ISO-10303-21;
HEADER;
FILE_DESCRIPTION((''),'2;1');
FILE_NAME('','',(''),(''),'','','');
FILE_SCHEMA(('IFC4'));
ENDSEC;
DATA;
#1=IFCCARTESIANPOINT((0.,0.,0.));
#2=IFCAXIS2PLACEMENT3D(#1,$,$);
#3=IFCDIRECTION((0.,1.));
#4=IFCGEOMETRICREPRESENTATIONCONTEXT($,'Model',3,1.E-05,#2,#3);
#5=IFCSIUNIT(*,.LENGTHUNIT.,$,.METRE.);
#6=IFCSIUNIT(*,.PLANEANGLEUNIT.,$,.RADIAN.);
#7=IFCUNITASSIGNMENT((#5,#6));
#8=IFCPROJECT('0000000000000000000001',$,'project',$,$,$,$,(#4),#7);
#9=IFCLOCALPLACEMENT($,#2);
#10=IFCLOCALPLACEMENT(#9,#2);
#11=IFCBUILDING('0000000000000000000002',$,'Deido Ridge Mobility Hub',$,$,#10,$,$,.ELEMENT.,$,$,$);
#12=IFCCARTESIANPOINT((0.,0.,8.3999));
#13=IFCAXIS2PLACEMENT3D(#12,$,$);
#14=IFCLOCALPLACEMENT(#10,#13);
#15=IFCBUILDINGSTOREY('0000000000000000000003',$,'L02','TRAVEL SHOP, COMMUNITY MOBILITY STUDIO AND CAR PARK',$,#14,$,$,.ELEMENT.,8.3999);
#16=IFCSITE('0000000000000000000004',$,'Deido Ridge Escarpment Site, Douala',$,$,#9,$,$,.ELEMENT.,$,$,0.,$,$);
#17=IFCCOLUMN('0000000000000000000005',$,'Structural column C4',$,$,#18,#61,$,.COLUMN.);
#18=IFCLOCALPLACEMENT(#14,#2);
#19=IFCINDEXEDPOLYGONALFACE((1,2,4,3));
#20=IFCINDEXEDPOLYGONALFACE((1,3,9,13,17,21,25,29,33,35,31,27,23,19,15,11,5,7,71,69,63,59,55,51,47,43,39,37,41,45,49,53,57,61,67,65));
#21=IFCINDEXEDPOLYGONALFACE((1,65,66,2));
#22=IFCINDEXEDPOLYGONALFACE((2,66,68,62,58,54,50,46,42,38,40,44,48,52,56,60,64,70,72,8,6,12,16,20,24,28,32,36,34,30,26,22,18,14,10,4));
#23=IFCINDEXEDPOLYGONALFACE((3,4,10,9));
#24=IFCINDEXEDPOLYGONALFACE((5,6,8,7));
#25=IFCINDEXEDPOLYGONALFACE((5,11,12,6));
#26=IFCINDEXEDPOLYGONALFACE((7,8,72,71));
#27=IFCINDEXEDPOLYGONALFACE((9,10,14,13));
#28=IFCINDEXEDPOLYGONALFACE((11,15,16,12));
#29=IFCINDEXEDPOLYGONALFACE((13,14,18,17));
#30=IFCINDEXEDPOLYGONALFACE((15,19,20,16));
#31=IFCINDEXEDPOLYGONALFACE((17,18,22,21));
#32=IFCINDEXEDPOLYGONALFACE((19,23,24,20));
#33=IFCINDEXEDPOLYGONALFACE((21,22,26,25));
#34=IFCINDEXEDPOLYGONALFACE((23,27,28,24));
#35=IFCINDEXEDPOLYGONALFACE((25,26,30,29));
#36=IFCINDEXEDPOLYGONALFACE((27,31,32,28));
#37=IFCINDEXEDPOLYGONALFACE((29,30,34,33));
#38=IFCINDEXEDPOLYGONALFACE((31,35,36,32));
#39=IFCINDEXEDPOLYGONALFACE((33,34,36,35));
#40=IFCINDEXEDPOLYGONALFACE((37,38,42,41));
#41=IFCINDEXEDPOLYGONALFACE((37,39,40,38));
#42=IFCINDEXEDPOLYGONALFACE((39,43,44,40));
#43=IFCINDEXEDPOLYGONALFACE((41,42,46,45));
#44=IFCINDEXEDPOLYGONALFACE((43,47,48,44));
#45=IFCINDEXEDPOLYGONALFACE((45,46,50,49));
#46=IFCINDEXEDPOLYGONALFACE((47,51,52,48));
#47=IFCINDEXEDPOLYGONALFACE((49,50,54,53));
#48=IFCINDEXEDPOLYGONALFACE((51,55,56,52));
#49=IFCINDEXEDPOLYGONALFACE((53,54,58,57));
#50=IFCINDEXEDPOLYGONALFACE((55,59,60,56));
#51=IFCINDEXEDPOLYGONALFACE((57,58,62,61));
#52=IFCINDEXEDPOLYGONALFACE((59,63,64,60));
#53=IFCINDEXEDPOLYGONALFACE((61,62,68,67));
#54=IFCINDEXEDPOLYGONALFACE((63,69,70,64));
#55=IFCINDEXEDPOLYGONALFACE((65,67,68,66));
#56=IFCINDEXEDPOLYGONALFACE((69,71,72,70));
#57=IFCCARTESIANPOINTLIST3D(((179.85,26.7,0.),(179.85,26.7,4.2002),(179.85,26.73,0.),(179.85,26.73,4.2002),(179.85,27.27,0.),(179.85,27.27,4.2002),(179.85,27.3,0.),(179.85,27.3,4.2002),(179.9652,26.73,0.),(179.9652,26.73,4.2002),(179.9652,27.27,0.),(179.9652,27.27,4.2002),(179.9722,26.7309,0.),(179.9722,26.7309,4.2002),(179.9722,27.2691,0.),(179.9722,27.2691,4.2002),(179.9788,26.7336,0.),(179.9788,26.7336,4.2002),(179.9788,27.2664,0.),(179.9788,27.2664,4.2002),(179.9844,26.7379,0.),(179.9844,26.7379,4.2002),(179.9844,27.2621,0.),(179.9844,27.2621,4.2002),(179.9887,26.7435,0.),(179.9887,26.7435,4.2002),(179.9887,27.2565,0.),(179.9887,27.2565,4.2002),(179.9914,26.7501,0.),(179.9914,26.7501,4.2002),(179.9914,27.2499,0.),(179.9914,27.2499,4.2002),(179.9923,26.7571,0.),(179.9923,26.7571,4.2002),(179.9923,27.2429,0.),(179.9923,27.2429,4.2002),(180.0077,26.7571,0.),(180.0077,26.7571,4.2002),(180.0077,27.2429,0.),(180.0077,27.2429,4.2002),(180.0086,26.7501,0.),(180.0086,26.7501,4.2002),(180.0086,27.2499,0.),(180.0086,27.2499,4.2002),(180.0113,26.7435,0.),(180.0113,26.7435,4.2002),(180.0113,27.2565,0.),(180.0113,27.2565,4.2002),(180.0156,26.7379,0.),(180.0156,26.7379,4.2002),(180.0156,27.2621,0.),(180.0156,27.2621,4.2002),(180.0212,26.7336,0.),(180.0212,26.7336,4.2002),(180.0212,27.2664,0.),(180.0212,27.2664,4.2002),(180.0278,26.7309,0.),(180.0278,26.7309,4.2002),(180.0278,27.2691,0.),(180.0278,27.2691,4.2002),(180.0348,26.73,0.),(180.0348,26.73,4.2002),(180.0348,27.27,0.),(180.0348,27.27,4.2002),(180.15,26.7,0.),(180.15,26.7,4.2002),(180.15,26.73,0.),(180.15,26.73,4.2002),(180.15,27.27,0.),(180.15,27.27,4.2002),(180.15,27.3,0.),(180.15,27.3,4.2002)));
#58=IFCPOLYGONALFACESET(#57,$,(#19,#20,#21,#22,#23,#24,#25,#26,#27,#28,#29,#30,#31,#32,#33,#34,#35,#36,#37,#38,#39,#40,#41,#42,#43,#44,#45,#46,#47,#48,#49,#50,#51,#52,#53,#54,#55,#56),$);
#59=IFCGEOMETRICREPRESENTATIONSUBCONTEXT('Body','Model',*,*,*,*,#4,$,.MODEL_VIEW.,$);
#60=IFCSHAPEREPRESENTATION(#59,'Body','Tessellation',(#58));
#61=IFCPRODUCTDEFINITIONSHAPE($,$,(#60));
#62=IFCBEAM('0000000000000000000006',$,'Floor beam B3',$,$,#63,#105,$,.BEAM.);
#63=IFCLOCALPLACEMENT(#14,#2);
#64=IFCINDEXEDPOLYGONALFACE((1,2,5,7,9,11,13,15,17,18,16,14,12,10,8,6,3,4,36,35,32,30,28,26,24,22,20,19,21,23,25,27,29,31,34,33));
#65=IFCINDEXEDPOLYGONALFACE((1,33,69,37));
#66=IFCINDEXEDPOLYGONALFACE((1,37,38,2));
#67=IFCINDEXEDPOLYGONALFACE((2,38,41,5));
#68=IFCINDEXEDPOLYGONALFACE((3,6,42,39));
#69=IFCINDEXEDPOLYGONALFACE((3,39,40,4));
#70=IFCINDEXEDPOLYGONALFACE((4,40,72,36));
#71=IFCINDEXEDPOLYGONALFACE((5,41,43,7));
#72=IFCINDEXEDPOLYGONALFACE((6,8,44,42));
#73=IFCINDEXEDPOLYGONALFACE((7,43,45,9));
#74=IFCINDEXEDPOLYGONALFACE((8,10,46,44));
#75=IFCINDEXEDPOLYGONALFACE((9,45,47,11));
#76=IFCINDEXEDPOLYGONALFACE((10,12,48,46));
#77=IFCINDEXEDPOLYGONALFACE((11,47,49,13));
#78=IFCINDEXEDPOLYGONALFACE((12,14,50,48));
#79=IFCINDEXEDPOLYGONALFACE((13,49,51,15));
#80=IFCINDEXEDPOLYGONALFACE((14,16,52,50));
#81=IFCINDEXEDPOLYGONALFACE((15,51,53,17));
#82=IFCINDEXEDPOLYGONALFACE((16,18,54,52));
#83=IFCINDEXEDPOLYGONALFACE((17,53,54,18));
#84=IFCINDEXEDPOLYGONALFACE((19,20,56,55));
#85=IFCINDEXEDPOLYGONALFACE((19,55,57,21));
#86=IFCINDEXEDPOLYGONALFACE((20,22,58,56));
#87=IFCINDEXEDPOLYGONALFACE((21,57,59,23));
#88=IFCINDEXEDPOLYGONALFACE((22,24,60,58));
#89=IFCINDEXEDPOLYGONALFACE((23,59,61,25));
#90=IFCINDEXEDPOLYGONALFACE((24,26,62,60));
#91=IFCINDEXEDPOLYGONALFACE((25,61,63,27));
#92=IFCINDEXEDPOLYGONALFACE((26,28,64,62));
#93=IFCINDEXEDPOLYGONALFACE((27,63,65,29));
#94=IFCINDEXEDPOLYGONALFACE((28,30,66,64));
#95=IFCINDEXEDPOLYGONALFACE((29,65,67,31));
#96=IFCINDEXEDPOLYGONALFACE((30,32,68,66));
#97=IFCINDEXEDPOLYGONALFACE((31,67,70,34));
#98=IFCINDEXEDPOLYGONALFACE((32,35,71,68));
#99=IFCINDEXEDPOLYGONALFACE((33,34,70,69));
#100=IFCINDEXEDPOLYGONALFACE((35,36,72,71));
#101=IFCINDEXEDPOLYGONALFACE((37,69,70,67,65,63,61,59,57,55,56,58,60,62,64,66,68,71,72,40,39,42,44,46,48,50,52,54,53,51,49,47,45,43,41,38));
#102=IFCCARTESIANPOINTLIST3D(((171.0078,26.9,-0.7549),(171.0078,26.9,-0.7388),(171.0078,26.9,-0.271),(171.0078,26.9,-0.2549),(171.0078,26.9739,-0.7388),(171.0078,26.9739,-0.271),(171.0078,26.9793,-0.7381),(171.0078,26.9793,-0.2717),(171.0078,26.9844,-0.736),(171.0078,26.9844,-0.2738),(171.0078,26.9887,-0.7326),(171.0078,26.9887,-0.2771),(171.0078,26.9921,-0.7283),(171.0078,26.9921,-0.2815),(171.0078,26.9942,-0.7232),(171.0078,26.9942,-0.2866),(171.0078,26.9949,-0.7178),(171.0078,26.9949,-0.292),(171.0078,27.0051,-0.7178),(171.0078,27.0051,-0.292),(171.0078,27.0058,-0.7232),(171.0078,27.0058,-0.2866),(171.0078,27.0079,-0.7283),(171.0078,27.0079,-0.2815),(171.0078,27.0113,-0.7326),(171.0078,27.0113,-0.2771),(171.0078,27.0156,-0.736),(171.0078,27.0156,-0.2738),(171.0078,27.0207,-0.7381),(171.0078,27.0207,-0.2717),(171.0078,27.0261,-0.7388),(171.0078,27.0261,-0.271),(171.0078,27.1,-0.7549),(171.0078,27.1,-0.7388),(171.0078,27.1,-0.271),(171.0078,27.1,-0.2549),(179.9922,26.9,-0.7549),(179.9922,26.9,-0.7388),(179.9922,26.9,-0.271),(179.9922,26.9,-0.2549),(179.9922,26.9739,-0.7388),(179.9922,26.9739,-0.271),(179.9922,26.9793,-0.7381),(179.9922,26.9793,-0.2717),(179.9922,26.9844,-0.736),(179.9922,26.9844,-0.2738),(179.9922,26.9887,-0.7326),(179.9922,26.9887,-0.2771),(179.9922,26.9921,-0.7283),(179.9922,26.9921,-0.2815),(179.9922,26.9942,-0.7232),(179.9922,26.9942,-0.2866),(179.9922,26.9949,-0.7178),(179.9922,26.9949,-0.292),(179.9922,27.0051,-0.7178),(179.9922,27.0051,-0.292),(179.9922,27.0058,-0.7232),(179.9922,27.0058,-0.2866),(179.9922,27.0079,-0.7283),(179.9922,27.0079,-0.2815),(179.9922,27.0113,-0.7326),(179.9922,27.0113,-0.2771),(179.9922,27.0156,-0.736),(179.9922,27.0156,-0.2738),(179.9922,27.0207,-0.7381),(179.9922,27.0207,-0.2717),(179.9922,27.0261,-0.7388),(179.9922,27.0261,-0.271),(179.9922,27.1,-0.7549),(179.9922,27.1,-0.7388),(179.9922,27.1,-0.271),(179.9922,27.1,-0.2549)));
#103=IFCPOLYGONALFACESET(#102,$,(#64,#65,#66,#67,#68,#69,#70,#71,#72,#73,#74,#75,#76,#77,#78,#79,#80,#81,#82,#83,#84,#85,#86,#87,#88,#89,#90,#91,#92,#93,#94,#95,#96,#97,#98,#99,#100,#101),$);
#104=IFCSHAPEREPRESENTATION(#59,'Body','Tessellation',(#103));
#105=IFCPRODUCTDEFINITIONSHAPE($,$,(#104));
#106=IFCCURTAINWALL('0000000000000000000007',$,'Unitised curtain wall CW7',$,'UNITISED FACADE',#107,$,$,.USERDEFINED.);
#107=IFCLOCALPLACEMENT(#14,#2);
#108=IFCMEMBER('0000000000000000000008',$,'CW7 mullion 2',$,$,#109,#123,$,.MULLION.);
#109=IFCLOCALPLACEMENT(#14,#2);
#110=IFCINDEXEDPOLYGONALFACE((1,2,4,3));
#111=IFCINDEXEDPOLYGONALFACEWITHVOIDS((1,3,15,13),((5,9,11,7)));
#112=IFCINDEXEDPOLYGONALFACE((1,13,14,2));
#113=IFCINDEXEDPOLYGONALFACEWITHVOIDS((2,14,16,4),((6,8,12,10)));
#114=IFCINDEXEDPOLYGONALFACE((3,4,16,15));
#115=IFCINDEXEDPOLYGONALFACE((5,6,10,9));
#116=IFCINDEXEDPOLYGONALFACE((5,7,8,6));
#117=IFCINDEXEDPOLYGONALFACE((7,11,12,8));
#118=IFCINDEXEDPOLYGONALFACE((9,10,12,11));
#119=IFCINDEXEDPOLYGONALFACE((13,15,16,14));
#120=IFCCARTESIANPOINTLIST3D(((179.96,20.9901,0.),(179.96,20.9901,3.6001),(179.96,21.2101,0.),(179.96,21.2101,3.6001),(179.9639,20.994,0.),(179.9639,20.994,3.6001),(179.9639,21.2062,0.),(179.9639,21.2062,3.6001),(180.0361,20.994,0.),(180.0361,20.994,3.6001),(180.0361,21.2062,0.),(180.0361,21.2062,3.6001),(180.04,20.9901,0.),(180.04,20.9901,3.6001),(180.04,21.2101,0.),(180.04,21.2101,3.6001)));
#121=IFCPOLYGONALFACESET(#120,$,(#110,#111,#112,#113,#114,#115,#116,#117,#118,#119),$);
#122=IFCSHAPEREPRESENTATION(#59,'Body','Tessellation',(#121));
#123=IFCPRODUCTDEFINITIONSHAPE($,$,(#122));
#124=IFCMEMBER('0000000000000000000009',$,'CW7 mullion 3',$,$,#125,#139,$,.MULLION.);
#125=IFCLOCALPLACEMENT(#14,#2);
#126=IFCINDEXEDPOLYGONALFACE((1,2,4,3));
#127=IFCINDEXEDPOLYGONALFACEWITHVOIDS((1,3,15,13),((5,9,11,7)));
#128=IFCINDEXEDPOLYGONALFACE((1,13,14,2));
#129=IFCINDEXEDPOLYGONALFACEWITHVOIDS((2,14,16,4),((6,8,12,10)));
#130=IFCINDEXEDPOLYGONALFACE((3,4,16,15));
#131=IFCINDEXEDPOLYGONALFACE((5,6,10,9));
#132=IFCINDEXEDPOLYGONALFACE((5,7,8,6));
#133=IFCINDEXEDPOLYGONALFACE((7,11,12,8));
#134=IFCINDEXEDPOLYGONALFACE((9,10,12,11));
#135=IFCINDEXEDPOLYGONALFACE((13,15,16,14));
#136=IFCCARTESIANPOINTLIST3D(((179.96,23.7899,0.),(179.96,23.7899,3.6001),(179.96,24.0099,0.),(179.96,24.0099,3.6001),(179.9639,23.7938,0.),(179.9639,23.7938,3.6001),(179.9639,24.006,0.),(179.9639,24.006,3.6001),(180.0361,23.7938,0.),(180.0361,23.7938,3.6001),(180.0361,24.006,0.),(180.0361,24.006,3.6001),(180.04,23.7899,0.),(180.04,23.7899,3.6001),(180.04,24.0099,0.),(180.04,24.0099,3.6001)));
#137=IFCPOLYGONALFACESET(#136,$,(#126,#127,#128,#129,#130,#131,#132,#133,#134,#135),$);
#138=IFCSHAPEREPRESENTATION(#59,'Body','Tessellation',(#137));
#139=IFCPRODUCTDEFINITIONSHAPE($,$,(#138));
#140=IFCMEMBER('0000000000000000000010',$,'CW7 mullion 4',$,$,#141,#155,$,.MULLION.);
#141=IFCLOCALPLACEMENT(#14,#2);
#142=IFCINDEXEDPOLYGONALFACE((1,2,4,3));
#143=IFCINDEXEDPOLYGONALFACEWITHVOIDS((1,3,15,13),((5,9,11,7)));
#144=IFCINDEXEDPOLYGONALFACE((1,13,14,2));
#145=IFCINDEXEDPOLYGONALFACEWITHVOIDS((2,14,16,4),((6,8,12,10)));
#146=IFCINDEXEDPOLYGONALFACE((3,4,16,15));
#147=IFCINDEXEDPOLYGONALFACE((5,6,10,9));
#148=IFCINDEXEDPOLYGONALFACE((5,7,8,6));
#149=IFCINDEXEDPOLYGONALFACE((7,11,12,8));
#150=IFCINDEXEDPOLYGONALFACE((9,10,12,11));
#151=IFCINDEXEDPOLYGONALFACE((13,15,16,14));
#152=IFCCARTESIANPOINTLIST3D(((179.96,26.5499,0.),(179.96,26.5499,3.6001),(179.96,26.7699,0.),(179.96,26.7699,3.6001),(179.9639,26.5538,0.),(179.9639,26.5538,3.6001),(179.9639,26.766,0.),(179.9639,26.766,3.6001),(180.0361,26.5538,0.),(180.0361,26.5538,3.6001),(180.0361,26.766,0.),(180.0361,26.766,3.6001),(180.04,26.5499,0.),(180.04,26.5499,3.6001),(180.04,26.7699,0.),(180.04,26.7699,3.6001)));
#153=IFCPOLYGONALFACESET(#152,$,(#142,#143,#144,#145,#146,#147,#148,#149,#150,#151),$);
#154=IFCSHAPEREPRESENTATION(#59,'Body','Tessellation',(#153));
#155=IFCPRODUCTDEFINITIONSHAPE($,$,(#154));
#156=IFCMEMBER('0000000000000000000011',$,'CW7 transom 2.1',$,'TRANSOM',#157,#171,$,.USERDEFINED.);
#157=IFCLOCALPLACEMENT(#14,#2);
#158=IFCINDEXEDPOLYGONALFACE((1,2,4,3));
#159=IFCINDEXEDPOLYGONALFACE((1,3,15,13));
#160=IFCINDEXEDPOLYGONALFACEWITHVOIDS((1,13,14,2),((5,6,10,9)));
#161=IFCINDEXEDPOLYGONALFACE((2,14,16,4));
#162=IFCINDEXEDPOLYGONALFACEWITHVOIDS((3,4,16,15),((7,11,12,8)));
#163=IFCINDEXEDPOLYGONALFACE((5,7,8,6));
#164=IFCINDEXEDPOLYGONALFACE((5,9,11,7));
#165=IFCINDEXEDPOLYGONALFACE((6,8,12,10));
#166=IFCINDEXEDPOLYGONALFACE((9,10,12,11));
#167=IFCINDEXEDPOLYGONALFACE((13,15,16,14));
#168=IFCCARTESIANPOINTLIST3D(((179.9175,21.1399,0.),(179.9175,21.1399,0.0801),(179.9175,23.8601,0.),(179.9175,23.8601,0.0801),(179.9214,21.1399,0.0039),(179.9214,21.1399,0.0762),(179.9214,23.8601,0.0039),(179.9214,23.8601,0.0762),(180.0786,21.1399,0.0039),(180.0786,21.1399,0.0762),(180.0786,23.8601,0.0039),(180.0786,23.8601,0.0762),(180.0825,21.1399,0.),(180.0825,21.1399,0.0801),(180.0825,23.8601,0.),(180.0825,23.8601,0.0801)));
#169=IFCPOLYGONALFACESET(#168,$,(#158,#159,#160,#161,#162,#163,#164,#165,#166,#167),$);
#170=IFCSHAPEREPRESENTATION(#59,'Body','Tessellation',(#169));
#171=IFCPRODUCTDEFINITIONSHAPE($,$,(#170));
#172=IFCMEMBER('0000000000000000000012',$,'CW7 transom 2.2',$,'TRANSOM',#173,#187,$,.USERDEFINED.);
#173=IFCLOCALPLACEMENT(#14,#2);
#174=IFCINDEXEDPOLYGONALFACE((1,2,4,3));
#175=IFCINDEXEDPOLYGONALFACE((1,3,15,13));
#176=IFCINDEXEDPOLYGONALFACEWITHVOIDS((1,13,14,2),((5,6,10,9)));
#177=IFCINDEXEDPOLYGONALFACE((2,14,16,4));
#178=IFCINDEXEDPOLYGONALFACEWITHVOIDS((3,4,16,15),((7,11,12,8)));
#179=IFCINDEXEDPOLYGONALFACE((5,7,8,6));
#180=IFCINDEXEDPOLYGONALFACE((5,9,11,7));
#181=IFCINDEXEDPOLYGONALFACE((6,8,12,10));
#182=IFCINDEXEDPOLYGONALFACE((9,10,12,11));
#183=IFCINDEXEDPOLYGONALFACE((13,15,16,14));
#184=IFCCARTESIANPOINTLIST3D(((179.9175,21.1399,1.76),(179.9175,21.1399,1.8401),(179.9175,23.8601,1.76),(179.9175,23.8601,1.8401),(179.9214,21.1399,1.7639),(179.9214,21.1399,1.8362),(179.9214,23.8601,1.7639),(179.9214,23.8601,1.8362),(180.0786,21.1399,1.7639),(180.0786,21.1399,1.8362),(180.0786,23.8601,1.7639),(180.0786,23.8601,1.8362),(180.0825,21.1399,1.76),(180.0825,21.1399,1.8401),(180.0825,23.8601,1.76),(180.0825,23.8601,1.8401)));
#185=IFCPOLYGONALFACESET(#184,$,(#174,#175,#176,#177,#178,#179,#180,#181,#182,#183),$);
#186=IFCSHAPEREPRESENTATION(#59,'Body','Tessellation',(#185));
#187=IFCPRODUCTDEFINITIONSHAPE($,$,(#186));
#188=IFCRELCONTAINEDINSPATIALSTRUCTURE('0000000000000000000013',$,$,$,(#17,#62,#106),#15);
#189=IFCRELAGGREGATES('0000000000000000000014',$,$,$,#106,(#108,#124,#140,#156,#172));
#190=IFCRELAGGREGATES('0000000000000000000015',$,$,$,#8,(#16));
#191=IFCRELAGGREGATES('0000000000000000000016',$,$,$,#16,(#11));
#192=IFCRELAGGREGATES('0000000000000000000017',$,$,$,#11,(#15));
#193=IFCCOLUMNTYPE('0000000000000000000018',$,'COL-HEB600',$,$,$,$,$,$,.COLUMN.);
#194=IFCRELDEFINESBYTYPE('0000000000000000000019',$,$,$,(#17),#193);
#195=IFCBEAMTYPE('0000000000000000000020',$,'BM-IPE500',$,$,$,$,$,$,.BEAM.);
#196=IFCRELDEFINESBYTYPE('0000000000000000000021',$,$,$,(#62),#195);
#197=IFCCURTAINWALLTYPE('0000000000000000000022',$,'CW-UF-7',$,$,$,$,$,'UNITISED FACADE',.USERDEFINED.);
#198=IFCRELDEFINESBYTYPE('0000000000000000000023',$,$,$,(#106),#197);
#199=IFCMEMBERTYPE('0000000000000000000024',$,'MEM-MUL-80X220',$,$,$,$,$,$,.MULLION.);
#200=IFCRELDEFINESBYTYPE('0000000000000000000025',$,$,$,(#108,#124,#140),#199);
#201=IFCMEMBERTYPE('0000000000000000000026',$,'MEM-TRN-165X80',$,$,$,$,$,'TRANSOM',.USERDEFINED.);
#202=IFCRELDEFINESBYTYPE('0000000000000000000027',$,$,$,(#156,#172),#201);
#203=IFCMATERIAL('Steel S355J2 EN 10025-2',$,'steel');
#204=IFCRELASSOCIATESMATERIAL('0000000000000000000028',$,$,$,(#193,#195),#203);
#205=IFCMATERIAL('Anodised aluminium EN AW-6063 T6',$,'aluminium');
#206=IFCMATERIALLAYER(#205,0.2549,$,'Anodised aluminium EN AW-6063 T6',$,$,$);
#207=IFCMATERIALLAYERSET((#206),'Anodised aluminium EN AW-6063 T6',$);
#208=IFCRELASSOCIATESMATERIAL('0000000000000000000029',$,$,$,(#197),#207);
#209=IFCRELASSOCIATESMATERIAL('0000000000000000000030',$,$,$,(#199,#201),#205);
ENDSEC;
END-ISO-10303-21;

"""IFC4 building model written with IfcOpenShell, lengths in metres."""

from ifc_helpers import new_model, si_unit, direction, frame, origin, origin_2d, place, context, subcontext, project, spatial, hollow_rectangle, i_section, extrude, material, layer, layer_set, material_profile, profile_set, type_object, element, aggregate, save


model = new_model("IFC4")

# Units and contexts
model_context = context("Model", 3, precision=1e-05, world=origin(), true_north=direction((0.0, 1.0)))
body_context = subcontext(model_context, "Body", "Model", "MODEL_VIEW")
ifc_project = project(units=[si_unit("LENGTHUNIT", "METRE"), si_unit("PLANEANGLEUNIT", "RADIAN")], contexts=[model_context])

# Site, building, storey
site_placement = place(None, origin())
site = spatial("IfcSite", under=ifc_project, at=site_placement, Name="Deido Ridge Escarpment Site, Douala", CompositionType="ELEMENT", RefElevation=0.0)
building_placement = place(site_placement, origin())
building = spatial("IfcBuilding", under=site, at=building_placement, Name="Deido Ridge Mobility Hub", CompositionType="ELEMENT")
storey_placement = place(building_placement, frame((0.0, 0.0, 8.3999)))
storey = spatial("IfcBuildingStorey", under=building, at=storey_placement, Name="L02", Description="TRAVEL SHOP, COMMUNITY MOBILITY STUDIO AND CAR PARK", CompositionType="ELEMENT", Elevation=8.3999)

# Column
ifc_material_1 = material(Name="Steel S355J2 EN 10025-2", Category="steel")
ifc_material_profile_1 = material_profile(ifc_material_1, i_section(OverallWidth=0.3, OverallDepth=0.6001, WebThickness=0.0154, FlangeThickness=0.03, FilletRadius=0.0271, at=origin_2d()), Name="HEB 600")
ifc_profile_set_1 = profile_set([ifc_material_profile_1], Name="Steel S355J2 EN 10025-2")
column_type = type_object("IfcColumnType", Name="COL-HEB600", PredefinedType="COLUMN", material=ifc_profile_set_1)
column_placement = place(storey_placement, frame((180.0, 27.0, 0.0), z_axis=(0.0, 0.0, 1.0), x_axis=(1.0, 0.0, 0.0)))
element("IfcColumn", 1, at=column_placement, inside=storey, type_object=column_type, Name="Structural column C4", PredefinedType="COLUMN", context=body_context, shape_type="SweptSolid", body=[
    extrude(i_section(OverallWidth=0.3, OverallDepth=0.6001, WebThickness=0.0154, FlangeThickness=0.03, FilletRadius=0.0271, at=origin_2d()), origin(), (0.0, 0.0, 1.0), 4.2002),
])

# Beam
ifc_material_profile_2 = material_profile(ifc_material_1, i_section(OverallWidth=0.2, OverallDepth=0.5, WebThickness=0.0103, FlangeThickness=0.0161, FilletRadius=0.021, at=origin_2d()), Name="IPE 500")
ifc_profile_set_2 = profile_set([ifc_material_profile_2], Name="Steel S355J2 EN 10025-2")
beam_type = type_object("IfcBeamType", Name="BM-IPE500", PredefinedType="BEAM", material=ifc_profile_set_2)
beam_placement = place(storey_placement, frame((171.0078, 27.0, -0.5049), z_axis=(1.0, 0.0, 0.0), x_axis=(0.0, 1.0, 0.0)))
element("IfcBeam", 2, at=beam_placement, inside=storey, type_object=beam_type, Name="Floor beam B3", PredefinedType="BEAM", context=body_context, shape_type="SweptSolid", body=[
    extrude(i_section(OverallWidth=0.2, OverallDepth=0.5, WebThickness=0.0103, FlangeThickness=0.0161, FilletRadius=0.021, at=origin_2d()), origin(), (0.0, 0.0, 1.0), 8.9844),
])

# Curtain wall, members
ifc_material_2 = material(Name="Anodised aluminium EN AW-6063 T6", Category="aluminium")
ifc_layer_1 = layer(ifc_material_2, 0.2549, Name="Anodised aluminium EN AW-6063 T6")
ifc_layer_set_1 = layer_set([ifc_layer_1], Name="Anodised aluminium EN AW-6063 T6")
curtain_wall_type = type_object("IfcCurtainWallType", Name="CW-UF-7", ElementType="UNITISED FACADE", PredefinedType="USERDEFINED", material=ifc_layer_set_1)
curtain_wall_placement = place(storey_placement, origin())
curtain_wall = element("IfcCurtainWall", 3, at=curtain_wall_placement, inside=storey, type_object=curtain_wall_type, Name="Unitised curtain wall CW7", ObjectType="UNITISED FACADE", PredefinedType="USERDEFINED")
ifc_material_profile_3 = material_profile(ifc_material_2, hollow_rectangle(XDim=0.0801, YDim=0.22, WallThickness=0.0039, at=origin_2d()), Name="RHS 80x220x4")
ifc_profile_set_3 = profile_set([ifc_material_profile_3], Name="Anodised aluminium EN AW-6063 T6")
member_type_1 = type_object("IfcMemberType", Name="MEM-MUL-80X220", PredefinedType="MULLION", material=ifc_profile_set_3)
member_1_placement = place(storey_placement, frame((180.0, 21.1001, 0.0), z_axis=(0.0, 0.0, 1.0), x_axis=(-1.0, 0.0, 0.0)))
member_1 = element("IfcMember", 4, at=member_1_placement, type_object=member_type_1, Name="CW7 mullion 2", PredefinedType="MULLION", context=body_context, shape_type="SweptSolid", body=[
    extrude(hollow_rectangle(XDim=0.0801, YDim=0.22, WallThickness=0.0039, at=origin_2d()), origin(), (0.0, 0.0, 1.0), 3.6001),
])
member_2_placement = place(storey_placement, frame((180.0, 23.8999, 0.0), z_axis=(0.0, 0.0, 1.0), x_axis=(-1.0, 0.0, 0.0)))
member_2 = element("IfcMember", 5, at=member_2_placement, type_object=member_type_1, Name="CW7 mullion 3", PredefinedType="MULLION", context=body_context, shape_type="SweptSolid", body=[
    extrude(hollow_rectangle(XDim=0.0801, YDim=0.22, WallThickness=0.0039, at=origin_2d()), origin(), (0.0, 0.0, 1.0), 3.6001),
])
member_3_placement = place(storey_placement, frame((180.0, 26.6599, 0.0), z_axis=(0.0, 0.0, 1.0), x_axis=(-1.0, 0.0, 0.0)))
member_3 = element("IfcMember", 6, at=member_3_placement, type_object=member_type_1, Name="CW7 mullion 4", PredefinedType="MULLION", context=body_context, shape_type="SweptSolid", body=[
    extrude(hollow_rectangle(XDim=0.0801, YDim=0.22, WallThickness=0.0039, at=origin_2d()), origin(), (0.0, 0.0, 1.0), 3.6001),
])
ifc_material_profile_4 = material_profile(ifc_material_2, hollow_rectangle(XDim=0.165, YDim=0.0801, WallThickness=0.0039, at=origin_2d()), Name="RHS 165x80x4")
ifc_profile_set_4 = profile_set([ifc_material_profile_4], Name="Anodised aluminium EN AW-6063 T6")
member_type_2 = type_object("IfcMemberType", Name="MEM-TRN-165X80", ElementType="TRANSOM", PredefinedType="USERDEFINED", material=ifc_profile_set_4)
member_4_placement = place(storey_placement, frame((180.0, 21.1399, 0.04), z_axis=(0.0, 1.0, 0.0), x_axis=(-1.0, 0.0, 0.0)))
member_4 = element("IfcMember", 7, at=member_4_placement, type_object=member_type_2, Name="CW7 transom 2.1", ObjectType="TRANSOM", PredefinedType="USERDEFINED", context=body_context, shape_type="SweptSolid", body=[
    extrude(hollow_rectangle(XDim=0.165, YDim=0.0801, WallThickness=0.0039, at=origin_2d()), origin(), (0.0, 0.0, 1.0), 2.7202),
])
member_5_placement = place(storey_placement, frame((180.0, 21.1399, 1.8), z_axis=(0.0, 1.0, 0.0), x_axis=(-1.0, 0.0, 0.0)))
member_5 = element("IfcMember", 8, at=member_5_placement, type_object=member_type_2, Name="CW7 transom 2.2", ObjectType="TRANSOM", PredefinedType="USERDEFINED", context=body_context, shape_type="SweptSolid", body=[
    extrude(hollow_rectangle(XDim=0.165, YDim=0.0801, WallThickness=0.0039, at=origin_2d()), origin(), (0.0, 0.0, 1.0), 2.7202),
])
aggregate(curtain_wall, [member_1, member_2, member_3, member_4, member_5])

save(model, "model.ifc")
